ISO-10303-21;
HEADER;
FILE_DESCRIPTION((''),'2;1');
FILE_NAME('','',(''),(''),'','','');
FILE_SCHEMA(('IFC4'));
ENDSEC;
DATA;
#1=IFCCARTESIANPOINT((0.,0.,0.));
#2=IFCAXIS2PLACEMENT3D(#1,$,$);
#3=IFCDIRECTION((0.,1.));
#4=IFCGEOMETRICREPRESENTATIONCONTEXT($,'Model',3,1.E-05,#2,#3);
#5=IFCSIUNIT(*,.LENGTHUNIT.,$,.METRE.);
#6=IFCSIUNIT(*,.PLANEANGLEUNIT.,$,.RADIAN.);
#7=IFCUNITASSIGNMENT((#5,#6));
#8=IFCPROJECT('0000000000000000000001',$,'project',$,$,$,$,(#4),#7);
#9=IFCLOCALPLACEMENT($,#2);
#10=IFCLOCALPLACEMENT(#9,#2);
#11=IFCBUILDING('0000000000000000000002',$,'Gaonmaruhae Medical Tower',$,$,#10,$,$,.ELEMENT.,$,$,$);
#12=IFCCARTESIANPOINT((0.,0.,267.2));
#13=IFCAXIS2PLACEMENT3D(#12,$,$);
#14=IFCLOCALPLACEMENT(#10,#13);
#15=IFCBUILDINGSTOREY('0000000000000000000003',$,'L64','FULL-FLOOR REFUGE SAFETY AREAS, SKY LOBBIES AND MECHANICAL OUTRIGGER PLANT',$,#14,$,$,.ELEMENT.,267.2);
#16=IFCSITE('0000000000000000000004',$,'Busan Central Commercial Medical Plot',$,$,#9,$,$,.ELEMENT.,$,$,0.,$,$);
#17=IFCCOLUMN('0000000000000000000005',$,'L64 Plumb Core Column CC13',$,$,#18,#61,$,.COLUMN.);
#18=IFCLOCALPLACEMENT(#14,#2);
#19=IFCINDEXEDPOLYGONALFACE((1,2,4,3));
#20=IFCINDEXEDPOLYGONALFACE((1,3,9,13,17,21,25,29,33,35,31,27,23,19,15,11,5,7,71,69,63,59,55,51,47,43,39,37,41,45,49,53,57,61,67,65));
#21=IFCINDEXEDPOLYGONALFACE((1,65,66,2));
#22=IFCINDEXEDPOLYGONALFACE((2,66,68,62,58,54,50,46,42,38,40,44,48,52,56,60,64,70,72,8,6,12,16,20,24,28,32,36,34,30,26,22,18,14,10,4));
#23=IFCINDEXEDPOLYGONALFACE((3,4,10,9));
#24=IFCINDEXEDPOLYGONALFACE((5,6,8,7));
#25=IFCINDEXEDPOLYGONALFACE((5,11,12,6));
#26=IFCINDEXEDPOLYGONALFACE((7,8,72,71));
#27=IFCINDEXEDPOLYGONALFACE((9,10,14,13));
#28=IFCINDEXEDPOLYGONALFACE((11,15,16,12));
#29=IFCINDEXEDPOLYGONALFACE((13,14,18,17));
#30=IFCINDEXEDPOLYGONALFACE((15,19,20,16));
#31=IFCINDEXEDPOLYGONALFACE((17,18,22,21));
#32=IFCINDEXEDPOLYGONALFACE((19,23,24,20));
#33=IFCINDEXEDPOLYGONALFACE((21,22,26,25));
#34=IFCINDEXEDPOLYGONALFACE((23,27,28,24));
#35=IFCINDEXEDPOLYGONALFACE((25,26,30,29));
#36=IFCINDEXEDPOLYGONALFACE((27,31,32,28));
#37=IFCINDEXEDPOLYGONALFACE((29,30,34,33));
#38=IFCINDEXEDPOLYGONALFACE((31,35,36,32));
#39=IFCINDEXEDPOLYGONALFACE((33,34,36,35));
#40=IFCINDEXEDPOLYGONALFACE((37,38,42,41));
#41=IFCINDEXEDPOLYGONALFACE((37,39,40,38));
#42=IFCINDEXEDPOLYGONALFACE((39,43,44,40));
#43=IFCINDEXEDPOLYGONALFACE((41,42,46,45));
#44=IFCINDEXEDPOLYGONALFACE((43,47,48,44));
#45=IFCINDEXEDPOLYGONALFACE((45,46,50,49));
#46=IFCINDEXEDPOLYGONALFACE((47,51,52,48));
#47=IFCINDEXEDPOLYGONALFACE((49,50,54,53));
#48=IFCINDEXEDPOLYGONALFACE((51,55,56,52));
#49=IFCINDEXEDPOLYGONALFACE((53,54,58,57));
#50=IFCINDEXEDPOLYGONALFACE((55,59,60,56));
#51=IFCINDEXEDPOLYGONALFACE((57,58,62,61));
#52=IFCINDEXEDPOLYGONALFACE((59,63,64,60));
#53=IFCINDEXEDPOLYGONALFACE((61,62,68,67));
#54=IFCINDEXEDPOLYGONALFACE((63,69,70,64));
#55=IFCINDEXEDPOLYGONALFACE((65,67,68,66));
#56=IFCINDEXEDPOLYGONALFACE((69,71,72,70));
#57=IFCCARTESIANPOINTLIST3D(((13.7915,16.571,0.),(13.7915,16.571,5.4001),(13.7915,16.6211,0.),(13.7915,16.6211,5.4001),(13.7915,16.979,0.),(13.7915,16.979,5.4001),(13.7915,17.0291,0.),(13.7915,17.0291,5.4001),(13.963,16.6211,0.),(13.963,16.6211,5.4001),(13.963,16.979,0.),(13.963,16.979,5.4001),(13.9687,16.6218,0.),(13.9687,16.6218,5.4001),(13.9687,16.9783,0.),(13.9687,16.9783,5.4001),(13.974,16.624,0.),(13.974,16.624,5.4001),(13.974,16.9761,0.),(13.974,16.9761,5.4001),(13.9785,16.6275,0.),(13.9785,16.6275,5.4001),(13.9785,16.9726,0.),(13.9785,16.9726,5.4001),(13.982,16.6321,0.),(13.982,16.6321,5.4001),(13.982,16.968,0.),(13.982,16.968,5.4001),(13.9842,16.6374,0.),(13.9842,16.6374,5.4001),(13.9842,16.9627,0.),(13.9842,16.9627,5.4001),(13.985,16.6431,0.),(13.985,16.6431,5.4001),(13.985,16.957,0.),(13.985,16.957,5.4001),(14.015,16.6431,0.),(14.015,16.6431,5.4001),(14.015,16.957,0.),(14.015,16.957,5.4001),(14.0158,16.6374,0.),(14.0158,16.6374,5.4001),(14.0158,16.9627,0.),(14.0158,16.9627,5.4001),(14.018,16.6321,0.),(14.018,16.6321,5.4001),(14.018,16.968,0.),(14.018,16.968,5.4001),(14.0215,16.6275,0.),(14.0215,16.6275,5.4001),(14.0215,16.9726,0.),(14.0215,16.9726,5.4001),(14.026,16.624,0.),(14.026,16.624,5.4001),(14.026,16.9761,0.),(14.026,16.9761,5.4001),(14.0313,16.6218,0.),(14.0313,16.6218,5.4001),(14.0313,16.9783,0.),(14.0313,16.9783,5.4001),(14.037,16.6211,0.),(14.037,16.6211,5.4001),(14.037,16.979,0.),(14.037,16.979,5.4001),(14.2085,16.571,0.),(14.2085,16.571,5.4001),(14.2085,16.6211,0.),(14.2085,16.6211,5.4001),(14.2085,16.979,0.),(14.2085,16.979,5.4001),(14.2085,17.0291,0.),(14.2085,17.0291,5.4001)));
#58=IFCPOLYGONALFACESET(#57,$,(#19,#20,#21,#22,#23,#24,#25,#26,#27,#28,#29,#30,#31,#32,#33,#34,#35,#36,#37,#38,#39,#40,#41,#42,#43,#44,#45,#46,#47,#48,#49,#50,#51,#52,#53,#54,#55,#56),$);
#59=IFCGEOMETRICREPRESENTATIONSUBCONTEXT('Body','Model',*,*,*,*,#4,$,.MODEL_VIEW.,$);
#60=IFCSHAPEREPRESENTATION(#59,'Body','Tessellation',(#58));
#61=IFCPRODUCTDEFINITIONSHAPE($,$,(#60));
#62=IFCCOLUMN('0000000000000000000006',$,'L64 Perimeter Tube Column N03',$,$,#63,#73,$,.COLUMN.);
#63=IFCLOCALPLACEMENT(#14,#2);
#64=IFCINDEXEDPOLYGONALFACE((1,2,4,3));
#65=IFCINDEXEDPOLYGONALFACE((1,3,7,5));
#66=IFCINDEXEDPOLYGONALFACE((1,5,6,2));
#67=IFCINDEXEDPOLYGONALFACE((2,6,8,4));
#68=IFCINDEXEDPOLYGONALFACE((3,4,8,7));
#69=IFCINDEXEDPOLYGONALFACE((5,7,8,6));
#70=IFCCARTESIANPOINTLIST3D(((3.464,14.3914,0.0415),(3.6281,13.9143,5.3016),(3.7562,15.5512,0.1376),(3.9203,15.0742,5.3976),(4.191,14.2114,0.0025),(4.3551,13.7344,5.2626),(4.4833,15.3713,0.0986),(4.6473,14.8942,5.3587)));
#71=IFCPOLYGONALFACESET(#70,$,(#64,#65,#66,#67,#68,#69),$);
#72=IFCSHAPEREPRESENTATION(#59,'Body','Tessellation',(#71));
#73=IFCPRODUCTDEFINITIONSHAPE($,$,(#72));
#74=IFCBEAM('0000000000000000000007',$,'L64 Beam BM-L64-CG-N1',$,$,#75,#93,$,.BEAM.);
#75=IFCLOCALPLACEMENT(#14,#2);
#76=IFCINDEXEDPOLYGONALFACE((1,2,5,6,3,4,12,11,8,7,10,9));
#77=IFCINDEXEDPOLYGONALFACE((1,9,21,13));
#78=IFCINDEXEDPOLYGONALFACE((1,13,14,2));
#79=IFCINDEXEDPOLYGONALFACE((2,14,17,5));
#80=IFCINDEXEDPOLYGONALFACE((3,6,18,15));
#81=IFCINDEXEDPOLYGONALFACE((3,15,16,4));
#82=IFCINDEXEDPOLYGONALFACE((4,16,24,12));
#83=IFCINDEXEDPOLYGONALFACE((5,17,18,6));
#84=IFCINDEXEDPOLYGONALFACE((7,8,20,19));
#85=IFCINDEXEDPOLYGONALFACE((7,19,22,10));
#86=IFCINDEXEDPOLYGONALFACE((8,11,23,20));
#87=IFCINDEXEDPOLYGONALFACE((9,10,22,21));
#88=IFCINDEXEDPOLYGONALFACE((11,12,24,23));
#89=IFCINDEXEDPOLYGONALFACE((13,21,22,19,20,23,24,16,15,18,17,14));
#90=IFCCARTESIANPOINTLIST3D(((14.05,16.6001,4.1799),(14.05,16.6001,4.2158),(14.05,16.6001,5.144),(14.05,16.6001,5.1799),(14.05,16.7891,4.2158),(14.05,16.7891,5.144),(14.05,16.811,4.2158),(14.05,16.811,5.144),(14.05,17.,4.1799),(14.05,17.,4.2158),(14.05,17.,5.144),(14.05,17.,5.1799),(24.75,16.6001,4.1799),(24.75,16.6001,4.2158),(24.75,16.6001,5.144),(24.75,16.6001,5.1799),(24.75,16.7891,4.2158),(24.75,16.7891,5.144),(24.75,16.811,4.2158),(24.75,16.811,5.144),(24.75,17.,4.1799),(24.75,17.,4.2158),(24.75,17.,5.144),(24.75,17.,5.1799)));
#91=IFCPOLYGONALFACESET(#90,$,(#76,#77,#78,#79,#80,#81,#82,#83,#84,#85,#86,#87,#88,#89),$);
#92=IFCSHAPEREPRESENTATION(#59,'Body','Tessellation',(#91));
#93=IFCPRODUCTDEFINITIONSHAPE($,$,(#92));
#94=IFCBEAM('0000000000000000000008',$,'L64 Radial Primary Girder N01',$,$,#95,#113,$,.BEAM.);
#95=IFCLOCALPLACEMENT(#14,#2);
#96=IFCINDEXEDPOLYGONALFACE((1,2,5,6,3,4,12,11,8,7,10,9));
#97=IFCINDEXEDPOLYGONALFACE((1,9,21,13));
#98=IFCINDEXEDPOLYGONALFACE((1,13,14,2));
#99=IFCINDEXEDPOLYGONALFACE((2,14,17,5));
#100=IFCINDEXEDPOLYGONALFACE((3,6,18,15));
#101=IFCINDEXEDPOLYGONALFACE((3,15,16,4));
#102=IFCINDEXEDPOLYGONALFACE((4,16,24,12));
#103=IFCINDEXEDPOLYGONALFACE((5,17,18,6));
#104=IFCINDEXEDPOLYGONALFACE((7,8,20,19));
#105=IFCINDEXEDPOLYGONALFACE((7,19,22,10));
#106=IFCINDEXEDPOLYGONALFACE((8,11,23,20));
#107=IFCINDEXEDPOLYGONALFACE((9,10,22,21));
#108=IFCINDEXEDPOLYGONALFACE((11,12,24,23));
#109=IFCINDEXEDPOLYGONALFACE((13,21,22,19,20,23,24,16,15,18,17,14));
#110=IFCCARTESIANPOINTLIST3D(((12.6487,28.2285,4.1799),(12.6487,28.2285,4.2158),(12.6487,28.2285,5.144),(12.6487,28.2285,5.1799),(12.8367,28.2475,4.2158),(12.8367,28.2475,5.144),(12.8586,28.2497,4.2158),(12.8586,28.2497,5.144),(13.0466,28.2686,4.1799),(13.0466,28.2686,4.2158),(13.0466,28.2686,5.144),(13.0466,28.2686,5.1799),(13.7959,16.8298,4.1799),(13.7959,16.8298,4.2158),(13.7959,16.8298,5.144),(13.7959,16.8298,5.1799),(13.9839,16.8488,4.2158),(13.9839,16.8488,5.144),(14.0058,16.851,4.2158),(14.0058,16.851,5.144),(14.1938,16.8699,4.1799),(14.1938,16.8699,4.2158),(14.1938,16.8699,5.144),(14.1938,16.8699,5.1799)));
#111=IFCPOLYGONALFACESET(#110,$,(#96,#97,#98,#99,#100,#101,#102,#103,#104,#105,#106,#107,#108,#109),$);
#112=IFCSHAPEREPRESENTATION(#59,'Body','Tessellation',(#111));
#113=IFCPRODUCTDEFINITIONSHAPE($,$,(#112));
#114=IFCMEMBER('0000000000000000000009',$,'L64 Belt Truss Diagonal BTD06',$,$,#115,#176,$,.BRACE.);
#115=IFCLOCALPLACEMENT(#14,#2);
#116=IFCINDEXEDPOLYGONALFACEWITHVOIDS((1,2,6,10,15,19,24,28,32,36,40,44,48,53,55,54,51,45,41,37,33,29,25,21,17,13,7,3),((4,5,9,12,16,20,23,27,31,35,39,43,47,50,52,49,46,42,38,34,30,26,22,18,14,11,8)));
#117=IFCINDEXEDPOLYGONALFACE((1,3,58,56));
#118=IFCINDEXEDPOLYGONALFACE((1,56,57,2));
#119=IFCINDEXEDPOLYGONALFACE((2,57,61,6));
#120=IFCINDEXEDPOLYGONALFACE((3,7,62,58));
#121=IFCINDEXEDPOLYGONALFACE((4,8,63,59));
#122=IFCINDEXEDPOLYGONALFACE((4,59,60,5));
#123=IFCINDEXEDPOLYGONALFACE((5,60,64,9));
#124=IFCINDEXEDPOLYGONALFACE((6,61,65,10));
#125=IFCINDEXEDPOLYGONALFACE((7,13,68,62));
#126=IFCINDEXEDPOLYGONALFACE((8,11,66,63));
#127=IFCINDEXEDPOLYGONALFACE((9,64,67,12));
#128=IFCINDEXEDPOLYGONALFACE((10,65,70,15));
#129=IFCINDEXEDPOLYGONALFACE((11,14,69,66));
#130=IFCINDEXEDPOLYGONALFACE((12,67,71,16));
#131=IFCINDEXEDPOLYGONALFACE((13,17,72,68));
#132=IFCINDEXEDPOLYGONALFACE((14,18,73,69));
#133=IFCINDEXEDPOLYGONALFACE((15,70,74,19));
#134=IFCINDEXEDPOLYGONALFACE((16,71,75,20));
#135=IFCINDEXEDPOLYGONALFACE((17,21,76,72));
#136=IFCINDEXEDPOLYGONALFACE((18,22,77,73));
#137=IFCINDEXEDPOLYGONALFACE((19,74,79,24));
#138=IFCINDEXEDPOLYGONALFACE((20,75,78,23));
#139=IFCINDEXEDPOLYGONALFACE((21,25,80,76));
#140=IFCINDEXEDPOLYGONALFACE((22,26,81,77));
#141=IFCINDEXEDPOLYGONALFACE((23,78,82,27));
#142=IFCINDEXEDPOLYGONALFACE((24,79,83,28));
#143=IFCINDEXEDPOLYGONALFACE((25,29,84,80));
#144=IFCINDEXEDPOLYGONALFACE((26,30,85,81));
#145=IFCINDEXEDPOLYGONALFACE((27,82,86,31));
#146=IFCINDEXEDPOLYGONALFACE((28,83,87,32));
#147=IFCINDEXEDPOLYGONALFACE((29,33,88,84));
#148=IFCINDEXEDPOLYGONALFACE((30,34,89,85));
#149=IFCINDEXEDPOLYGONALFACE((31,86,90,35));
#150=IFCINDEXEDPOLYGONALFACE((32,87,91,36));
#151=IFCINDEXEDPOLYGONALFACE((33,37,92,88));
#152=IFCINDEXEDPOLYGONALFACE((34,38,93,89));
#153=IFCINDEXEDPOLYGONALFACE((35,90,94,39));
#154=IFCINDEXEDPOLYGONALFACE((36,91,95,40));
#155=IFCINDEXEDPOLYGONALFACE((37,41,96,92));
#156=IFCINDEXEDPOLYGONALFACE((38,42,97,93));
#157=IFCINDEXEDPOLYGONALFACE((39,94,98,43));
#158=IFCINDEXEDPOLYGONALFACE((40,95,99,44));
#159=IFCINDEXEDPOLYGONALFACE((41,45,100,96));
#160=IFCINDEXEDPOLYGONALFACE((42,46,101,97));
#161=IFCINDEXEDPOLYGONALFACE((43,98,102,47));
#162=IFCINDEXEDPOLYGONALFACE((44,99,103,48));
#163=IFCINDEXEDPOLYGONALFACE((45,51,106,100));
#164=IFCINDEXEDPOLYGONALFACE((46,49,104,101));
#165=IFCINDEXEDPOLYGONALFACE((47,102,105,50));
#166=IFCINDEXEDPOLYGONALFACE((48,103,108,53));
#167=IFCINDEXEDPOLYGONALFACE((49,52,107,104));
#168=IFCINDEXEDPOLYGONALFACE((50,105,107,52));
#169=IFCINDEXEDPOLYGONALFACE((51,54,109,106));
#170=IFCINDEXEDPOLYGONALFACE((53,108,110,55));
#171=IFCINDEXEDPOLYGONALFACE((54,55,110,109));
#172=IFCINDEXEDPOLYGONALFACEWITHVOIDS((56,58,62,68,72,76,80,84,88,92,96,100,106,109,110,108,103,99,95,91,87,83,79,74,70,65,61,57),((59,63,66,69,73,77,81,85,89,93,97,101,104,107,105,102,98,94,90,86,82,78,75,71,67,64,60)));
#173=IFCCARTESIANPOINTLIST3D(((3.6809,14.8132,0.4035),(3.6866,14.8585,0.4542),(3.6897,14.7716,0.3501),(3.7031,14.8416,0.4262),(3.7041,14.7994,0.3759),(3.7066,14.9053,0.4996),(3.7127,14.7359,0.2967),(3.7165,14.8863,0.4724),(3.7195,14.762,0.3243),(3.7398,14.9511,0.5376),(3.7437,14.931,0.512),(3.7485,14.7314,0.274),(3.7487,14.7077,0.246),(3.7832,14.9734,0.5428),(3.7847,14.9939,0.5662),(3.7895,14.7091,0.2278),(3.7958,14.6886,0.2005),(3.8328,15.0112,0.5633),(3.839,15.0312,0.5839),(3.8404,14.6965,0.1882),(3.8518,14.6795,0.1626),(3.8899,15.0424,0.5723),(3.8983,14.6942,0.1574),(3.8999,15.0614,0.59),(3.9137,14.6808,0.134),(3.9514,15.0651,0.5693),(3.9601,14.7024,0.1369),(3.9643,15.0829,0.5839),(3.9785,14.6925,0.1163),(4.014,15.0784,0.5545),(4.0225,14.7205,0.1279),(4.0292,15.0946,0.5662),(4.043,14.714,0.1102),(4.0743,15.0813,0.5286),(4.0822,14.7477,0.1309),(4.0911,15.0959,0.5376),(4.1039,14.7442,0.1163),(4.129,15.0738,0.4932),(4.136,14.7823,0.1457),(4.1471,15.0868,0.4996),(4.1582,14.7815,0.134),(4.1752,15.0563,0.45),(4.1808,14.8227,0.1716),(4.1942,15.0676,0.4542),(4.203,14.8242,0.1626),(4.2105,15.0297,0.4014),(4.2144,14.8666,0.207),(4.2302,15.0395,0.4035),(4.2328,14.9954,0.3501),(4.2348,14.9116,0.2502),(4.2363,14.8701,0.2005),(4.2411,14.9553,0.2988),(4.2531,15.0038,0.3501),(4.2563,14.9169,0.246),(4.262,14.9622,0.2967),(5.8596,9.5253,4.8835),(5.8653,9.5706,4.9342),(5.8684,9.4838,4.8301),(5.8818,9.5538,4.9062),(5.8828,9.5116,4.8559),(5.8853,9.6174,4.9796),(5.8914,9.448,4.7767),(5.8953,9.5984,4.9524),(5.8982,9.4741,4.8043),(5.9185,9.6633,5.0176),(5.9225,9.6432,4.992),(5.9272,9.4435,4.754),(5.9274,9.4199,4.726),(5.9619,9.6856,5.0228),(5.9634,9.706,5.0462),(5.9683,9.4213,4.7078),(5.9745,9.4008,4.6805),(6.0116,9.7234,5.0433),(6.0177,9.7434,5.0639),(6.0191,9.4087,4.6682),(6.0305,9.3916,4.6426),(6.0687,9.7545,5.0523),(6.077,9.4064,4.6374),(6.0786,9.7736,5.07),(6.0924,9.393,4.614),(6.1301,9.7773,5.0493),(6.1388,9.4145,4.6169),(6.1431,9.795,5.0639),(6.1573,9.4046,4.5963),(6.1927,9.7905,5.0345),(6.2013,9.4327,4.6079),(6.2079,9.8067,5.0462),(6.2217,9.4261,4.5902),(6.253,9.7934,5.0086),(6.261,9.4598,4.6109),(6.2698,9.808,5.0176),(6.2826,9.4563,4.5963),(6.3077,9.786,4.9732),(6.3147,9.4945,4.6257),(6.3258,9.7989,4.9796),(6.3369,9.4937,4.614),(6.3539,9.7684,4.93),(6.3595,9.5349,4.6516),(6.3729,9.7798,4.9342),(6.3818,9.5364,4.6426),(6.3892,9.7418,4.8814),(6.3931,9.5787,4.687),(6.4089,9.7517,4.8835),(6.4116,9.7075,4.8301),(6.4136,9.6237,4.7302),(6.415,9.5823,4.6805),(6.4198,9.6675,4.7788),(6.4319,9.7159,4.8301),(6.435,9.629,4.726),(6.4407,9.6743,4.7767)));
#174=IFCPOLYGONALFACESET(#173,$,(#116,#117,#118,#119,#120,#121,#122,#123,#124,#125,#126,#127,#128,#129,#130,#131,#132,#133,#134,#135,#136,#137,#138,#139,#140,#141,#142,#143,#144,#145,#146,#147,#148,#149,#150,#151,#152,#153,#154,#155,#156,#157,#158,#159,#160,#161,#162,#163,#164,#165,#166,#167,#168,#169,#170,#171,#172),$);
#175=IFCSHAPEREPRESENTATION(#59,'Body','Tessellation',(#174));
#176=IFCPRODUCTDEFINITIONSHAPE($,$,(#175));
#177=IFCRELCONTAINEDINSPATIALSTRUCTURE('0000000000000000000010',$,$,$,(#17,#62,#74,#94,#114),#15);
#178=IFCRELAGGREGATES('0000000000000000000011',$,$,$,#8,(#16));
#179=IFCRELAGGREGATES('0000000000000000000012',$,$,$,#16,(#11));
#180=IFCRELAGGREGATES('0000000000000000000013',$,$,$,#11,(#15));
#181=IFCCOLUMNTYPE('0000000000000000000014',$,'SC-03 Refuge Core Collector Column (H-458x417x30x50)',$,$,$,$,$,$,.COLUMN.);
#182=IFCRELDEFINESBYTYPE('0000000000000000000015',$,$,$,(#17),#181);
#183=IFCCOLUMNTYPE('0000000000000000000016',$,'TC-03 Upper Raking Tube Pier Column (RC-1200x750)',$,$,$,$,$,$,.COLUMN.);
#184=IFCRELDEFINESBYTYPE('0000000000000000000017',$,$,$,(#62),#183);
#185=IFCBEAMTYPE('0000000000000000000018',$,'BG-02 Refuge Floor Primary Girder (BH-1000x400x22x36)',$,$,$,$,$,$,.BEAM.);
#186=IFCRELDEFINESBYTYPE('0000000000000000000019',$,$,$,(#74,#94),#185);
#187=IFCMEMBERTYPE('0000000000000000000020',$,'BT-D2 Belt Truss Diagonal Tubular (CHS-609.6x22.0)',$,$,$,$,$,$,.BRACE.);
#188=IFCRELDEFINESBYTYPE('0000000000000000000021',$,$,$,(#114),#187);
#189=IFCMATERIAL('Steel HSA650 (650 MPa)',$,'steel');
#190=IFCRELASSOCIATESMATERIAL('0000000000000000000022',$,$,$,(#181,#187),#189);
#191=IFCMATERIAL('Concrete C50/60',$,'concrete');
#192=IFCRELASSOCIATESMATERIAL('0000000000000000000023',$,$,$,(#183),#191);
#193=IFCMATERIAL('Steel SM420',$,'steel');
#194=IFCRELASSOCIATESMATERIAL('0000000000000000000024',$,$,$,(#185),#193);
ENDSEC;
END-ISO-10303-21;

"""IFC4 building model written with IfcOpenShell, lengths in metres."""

from ifc_helpers import new_model, si_unit, direction, frame, origin, origin_2d, place, context, subcontext, project, spatial, rectangle, hollow_circle, i_section, extrude, material, material_profile, profile_set, type_object, element, save


model = new_model("IFC4")

# Units and contexts
model_context = context("Model", 3, precision=1e-05, world=origin(), true_north=direction((0.0, 1.0)))
body_context = subcontext(model_context, "Body", "Model", "MODEL_VIEW")
ifc_project = project(units=[si_unit("LENGTHUNIT", "METRE"), si_unit("PLANEANGLEUNIT", "RADIAN")], contexts=[model_context])

# Site, building, storey
site_placement = place(None, origin())
site = spatial("IfcSite", under=ifc_project, at=site_placement, Name="Busan Central Commercial Medical Plot", CompositionType="ELEMENT", RefElevation=0.0)
building_placement = place(site_placement, origin())
building = spatial("IfcBuilding", under=site, at=building_placement, Name="Gaonmaruhae Medical Tower", CompositionType="ELEMENT")
storey_placement = place(building_placement, frame((0.0, 0.0, 267.2)))
storey = spatial("IfcBuildingStorey", under=building, at=storey_placement, Name="L64", Description="FULL-FLOOR REFUGE SAFETY AREAS, SKY LOBBIES AND MECHANICAL OUTRIGGER PLANT", CompositionType="ELEMENT", Elevation=267.2)

# Columns
ifc_material_1 = material(Name="Steel HSA650 (650 MPa)", Category="steel")
ifc_material_profile_1 = material_profile(ifc_material_1, i_section(OverallWidth=0.417, OverallDepth=0.458, WebThickness=0.03, FlangeThickness=0.05, FilletRadius=0.022, at=origin_2d()), Name="H-458x417x30x50")
ifc_profile_set_1 = profile_set([ifc_material_profile_1], Name="Steel HSA650 (650 MPa)")
column_type_1 = type_object("IfcColumnType", Name="SC-03 Refuge Core Collector Column (H-458x417x30x50)", PredefinedType="COLUMN", material=ifc_profile_set_1)
column_1_placement = place(storey_placement, frame((14.0, 16.8, 0.0), z_axis=(0.0, 0.0, 1.0), x_axis=(1.0, 0.0, 0.0)))
element("IfcColumn", 1, at=column_1_placement, inside=storey, type_object=column_type_1, Name="L64 Plumb Core Column CC13", PredefinedType="COLUMN", context=body_context, shape_type="SweptSolid", body=[
    extrude(i_section(OverallWidth=0.417, OverallDepth=0.458, WebThickness=0.03, FlangeThickness=0.05, FilletRadius=0.022, at=origin_2d()), origin(), (0.0, 0.0, 1.0), 5.4001),
])
ifc_material_2 = material(Name="Concrete C50/60", Category="concrete")
ifc_material_profile_2 = material_profile(ifc_material_2, rectangle(XDim=1.2, YDim=0.75, at=origin_2d()), Name="RC-1200x750")
ifc_profile_set_2 = profile_set([ifc_material_profile_2], Name="Concrete C50/60")
column_type_2 = type_object("IfcColumnType", Name="TC-03 Upper Raking Tube Pier Column (RC-1200x750)", PredefinedType="COLUMN", material=ifc_profile_set_2)
column_2_placement = place(storey_placement, frame((3.9736, 14.8813, 0.0701), z_axis=(0.031048, -0.09028, 0.995432), x_axis=(0.24353, 0.966583, 0.080067)))
element("IfcColumn", 2, at=column_2_placement, inside=storey, type_object=column_type_2, Name="L64 Perimeter Tube Column N03", PredefinedType="COLUMN", context=body_context, shape_type="SweptSolid", body=[
    extrude(rectangle(XDim=1.2, YDim=0.75, at=origin_2d()), origin(), (0.0, 0.0, 1.0), 5.2842),
])

# Beams
ifc_material_3 = material(Name="Steel SM420", Category="steel")
ifc_material_profile_3 = material_profile(ifc_material_3, i_section(OverallWidth=0.3999, OverallDepth=1.0, WebThickness=0.022, FlangeThickness=0.0359, at=origin_2d()), Name="BH-1000x400x22x36")
ifc_profile_set_3 = profile_set([ifc_material_profile_3], Name="Steel SM420")
beam_type_1 = type_object("IfcBeamType", Name="BG-02 Refuge Floor Primary Girder (BH-1000x400x22x36)", PredefinedType="BEAM", material=ifc_profile_set_3)
beam_1_placement = place(storey_placement, frame((14.05, 16.8, 4.6799), z_axis=(1.0, 0.0, 0.0), x_axis=(0.0, 1.0, 0.0)))
element("IfcBeam", 3, at=beam_1_placement, inside=storey, type_object=beam_type_1, Name="L64 Beam BM-L64-CG-N1", PredefinedType="BEAM", context=body_context, shape_type="SweptSolid", body=[
    extrude(i_section(OverallWidth=0.3999, OverallDepth=1.0, WebThickness=0.022, FlangeThickness=0.0359, at=origin_2d()), origin(), (0.0, 0.0, 1.0), 10.7),
])
beam_2_placement = place(storey_placement, frame((13.9949, 16.8499, 4.6799), z_axis=(-0.100139, 0.994973, 0.0), x_axis=(-0.994973, -0.100139, 0.0)))
element("IfcBeam", 4, at=beam_2_placement, inside=storey, type_object=beam_type_1, Name="L64 Radial Primary Girder N01", PredefinedType="BEAM", context=body_context, shape_type="SweptSolid", body=[
    extrude(i_section(OverallWidth=0.3999, OverallDepth=1.0, WebThickness=0.022, FlangeThickness=0.0359, at=origin_2d()), origin(), (0.0, 0.0, 1.0), 11.4563),
])

# Member
ifc_material_profile_4 = material_profile(ifc_material_1, hollow_circle(Radius=0.3047, WallThickness=0.022, at=origin_2d()), Name="CHS-609.6x22.0")
ifc_profile_set_4 = profile_set([ifc_material_profile_4], Name="Steel HSA650 (650 MPa)")
member_type_1 = type_object("IfcMemberType", Name="BT-D2 Belt Truss Diagonal Tubular (CHS-609.6x22.0)", PredefinedType="BRACE", material=ifc_profile_set_4)
member_1_placement = place(storey_placement, frame((3.9714, 14.8877, 0.3501), z_axis=(0.299897, -0.727865, 0.616664), x_axis=(0.924594, 0.380954, 0.0)))
element("IfcMember", 5, at=member_1_placement, inside=storey, type_object=member_type_1, Name="L64 Belt Truss Diagonal BTD06", PredefinedType="BRACE", context=body_context, shape_type="SweptSolid", body=[
    extrude(hollow_circle(Radius=0.3047, WallThickness=0.022, at=origin_2d()), origin(), (0.0, 0.0, 1.0), 7.2649),
])

save(model, "model.ifc")
